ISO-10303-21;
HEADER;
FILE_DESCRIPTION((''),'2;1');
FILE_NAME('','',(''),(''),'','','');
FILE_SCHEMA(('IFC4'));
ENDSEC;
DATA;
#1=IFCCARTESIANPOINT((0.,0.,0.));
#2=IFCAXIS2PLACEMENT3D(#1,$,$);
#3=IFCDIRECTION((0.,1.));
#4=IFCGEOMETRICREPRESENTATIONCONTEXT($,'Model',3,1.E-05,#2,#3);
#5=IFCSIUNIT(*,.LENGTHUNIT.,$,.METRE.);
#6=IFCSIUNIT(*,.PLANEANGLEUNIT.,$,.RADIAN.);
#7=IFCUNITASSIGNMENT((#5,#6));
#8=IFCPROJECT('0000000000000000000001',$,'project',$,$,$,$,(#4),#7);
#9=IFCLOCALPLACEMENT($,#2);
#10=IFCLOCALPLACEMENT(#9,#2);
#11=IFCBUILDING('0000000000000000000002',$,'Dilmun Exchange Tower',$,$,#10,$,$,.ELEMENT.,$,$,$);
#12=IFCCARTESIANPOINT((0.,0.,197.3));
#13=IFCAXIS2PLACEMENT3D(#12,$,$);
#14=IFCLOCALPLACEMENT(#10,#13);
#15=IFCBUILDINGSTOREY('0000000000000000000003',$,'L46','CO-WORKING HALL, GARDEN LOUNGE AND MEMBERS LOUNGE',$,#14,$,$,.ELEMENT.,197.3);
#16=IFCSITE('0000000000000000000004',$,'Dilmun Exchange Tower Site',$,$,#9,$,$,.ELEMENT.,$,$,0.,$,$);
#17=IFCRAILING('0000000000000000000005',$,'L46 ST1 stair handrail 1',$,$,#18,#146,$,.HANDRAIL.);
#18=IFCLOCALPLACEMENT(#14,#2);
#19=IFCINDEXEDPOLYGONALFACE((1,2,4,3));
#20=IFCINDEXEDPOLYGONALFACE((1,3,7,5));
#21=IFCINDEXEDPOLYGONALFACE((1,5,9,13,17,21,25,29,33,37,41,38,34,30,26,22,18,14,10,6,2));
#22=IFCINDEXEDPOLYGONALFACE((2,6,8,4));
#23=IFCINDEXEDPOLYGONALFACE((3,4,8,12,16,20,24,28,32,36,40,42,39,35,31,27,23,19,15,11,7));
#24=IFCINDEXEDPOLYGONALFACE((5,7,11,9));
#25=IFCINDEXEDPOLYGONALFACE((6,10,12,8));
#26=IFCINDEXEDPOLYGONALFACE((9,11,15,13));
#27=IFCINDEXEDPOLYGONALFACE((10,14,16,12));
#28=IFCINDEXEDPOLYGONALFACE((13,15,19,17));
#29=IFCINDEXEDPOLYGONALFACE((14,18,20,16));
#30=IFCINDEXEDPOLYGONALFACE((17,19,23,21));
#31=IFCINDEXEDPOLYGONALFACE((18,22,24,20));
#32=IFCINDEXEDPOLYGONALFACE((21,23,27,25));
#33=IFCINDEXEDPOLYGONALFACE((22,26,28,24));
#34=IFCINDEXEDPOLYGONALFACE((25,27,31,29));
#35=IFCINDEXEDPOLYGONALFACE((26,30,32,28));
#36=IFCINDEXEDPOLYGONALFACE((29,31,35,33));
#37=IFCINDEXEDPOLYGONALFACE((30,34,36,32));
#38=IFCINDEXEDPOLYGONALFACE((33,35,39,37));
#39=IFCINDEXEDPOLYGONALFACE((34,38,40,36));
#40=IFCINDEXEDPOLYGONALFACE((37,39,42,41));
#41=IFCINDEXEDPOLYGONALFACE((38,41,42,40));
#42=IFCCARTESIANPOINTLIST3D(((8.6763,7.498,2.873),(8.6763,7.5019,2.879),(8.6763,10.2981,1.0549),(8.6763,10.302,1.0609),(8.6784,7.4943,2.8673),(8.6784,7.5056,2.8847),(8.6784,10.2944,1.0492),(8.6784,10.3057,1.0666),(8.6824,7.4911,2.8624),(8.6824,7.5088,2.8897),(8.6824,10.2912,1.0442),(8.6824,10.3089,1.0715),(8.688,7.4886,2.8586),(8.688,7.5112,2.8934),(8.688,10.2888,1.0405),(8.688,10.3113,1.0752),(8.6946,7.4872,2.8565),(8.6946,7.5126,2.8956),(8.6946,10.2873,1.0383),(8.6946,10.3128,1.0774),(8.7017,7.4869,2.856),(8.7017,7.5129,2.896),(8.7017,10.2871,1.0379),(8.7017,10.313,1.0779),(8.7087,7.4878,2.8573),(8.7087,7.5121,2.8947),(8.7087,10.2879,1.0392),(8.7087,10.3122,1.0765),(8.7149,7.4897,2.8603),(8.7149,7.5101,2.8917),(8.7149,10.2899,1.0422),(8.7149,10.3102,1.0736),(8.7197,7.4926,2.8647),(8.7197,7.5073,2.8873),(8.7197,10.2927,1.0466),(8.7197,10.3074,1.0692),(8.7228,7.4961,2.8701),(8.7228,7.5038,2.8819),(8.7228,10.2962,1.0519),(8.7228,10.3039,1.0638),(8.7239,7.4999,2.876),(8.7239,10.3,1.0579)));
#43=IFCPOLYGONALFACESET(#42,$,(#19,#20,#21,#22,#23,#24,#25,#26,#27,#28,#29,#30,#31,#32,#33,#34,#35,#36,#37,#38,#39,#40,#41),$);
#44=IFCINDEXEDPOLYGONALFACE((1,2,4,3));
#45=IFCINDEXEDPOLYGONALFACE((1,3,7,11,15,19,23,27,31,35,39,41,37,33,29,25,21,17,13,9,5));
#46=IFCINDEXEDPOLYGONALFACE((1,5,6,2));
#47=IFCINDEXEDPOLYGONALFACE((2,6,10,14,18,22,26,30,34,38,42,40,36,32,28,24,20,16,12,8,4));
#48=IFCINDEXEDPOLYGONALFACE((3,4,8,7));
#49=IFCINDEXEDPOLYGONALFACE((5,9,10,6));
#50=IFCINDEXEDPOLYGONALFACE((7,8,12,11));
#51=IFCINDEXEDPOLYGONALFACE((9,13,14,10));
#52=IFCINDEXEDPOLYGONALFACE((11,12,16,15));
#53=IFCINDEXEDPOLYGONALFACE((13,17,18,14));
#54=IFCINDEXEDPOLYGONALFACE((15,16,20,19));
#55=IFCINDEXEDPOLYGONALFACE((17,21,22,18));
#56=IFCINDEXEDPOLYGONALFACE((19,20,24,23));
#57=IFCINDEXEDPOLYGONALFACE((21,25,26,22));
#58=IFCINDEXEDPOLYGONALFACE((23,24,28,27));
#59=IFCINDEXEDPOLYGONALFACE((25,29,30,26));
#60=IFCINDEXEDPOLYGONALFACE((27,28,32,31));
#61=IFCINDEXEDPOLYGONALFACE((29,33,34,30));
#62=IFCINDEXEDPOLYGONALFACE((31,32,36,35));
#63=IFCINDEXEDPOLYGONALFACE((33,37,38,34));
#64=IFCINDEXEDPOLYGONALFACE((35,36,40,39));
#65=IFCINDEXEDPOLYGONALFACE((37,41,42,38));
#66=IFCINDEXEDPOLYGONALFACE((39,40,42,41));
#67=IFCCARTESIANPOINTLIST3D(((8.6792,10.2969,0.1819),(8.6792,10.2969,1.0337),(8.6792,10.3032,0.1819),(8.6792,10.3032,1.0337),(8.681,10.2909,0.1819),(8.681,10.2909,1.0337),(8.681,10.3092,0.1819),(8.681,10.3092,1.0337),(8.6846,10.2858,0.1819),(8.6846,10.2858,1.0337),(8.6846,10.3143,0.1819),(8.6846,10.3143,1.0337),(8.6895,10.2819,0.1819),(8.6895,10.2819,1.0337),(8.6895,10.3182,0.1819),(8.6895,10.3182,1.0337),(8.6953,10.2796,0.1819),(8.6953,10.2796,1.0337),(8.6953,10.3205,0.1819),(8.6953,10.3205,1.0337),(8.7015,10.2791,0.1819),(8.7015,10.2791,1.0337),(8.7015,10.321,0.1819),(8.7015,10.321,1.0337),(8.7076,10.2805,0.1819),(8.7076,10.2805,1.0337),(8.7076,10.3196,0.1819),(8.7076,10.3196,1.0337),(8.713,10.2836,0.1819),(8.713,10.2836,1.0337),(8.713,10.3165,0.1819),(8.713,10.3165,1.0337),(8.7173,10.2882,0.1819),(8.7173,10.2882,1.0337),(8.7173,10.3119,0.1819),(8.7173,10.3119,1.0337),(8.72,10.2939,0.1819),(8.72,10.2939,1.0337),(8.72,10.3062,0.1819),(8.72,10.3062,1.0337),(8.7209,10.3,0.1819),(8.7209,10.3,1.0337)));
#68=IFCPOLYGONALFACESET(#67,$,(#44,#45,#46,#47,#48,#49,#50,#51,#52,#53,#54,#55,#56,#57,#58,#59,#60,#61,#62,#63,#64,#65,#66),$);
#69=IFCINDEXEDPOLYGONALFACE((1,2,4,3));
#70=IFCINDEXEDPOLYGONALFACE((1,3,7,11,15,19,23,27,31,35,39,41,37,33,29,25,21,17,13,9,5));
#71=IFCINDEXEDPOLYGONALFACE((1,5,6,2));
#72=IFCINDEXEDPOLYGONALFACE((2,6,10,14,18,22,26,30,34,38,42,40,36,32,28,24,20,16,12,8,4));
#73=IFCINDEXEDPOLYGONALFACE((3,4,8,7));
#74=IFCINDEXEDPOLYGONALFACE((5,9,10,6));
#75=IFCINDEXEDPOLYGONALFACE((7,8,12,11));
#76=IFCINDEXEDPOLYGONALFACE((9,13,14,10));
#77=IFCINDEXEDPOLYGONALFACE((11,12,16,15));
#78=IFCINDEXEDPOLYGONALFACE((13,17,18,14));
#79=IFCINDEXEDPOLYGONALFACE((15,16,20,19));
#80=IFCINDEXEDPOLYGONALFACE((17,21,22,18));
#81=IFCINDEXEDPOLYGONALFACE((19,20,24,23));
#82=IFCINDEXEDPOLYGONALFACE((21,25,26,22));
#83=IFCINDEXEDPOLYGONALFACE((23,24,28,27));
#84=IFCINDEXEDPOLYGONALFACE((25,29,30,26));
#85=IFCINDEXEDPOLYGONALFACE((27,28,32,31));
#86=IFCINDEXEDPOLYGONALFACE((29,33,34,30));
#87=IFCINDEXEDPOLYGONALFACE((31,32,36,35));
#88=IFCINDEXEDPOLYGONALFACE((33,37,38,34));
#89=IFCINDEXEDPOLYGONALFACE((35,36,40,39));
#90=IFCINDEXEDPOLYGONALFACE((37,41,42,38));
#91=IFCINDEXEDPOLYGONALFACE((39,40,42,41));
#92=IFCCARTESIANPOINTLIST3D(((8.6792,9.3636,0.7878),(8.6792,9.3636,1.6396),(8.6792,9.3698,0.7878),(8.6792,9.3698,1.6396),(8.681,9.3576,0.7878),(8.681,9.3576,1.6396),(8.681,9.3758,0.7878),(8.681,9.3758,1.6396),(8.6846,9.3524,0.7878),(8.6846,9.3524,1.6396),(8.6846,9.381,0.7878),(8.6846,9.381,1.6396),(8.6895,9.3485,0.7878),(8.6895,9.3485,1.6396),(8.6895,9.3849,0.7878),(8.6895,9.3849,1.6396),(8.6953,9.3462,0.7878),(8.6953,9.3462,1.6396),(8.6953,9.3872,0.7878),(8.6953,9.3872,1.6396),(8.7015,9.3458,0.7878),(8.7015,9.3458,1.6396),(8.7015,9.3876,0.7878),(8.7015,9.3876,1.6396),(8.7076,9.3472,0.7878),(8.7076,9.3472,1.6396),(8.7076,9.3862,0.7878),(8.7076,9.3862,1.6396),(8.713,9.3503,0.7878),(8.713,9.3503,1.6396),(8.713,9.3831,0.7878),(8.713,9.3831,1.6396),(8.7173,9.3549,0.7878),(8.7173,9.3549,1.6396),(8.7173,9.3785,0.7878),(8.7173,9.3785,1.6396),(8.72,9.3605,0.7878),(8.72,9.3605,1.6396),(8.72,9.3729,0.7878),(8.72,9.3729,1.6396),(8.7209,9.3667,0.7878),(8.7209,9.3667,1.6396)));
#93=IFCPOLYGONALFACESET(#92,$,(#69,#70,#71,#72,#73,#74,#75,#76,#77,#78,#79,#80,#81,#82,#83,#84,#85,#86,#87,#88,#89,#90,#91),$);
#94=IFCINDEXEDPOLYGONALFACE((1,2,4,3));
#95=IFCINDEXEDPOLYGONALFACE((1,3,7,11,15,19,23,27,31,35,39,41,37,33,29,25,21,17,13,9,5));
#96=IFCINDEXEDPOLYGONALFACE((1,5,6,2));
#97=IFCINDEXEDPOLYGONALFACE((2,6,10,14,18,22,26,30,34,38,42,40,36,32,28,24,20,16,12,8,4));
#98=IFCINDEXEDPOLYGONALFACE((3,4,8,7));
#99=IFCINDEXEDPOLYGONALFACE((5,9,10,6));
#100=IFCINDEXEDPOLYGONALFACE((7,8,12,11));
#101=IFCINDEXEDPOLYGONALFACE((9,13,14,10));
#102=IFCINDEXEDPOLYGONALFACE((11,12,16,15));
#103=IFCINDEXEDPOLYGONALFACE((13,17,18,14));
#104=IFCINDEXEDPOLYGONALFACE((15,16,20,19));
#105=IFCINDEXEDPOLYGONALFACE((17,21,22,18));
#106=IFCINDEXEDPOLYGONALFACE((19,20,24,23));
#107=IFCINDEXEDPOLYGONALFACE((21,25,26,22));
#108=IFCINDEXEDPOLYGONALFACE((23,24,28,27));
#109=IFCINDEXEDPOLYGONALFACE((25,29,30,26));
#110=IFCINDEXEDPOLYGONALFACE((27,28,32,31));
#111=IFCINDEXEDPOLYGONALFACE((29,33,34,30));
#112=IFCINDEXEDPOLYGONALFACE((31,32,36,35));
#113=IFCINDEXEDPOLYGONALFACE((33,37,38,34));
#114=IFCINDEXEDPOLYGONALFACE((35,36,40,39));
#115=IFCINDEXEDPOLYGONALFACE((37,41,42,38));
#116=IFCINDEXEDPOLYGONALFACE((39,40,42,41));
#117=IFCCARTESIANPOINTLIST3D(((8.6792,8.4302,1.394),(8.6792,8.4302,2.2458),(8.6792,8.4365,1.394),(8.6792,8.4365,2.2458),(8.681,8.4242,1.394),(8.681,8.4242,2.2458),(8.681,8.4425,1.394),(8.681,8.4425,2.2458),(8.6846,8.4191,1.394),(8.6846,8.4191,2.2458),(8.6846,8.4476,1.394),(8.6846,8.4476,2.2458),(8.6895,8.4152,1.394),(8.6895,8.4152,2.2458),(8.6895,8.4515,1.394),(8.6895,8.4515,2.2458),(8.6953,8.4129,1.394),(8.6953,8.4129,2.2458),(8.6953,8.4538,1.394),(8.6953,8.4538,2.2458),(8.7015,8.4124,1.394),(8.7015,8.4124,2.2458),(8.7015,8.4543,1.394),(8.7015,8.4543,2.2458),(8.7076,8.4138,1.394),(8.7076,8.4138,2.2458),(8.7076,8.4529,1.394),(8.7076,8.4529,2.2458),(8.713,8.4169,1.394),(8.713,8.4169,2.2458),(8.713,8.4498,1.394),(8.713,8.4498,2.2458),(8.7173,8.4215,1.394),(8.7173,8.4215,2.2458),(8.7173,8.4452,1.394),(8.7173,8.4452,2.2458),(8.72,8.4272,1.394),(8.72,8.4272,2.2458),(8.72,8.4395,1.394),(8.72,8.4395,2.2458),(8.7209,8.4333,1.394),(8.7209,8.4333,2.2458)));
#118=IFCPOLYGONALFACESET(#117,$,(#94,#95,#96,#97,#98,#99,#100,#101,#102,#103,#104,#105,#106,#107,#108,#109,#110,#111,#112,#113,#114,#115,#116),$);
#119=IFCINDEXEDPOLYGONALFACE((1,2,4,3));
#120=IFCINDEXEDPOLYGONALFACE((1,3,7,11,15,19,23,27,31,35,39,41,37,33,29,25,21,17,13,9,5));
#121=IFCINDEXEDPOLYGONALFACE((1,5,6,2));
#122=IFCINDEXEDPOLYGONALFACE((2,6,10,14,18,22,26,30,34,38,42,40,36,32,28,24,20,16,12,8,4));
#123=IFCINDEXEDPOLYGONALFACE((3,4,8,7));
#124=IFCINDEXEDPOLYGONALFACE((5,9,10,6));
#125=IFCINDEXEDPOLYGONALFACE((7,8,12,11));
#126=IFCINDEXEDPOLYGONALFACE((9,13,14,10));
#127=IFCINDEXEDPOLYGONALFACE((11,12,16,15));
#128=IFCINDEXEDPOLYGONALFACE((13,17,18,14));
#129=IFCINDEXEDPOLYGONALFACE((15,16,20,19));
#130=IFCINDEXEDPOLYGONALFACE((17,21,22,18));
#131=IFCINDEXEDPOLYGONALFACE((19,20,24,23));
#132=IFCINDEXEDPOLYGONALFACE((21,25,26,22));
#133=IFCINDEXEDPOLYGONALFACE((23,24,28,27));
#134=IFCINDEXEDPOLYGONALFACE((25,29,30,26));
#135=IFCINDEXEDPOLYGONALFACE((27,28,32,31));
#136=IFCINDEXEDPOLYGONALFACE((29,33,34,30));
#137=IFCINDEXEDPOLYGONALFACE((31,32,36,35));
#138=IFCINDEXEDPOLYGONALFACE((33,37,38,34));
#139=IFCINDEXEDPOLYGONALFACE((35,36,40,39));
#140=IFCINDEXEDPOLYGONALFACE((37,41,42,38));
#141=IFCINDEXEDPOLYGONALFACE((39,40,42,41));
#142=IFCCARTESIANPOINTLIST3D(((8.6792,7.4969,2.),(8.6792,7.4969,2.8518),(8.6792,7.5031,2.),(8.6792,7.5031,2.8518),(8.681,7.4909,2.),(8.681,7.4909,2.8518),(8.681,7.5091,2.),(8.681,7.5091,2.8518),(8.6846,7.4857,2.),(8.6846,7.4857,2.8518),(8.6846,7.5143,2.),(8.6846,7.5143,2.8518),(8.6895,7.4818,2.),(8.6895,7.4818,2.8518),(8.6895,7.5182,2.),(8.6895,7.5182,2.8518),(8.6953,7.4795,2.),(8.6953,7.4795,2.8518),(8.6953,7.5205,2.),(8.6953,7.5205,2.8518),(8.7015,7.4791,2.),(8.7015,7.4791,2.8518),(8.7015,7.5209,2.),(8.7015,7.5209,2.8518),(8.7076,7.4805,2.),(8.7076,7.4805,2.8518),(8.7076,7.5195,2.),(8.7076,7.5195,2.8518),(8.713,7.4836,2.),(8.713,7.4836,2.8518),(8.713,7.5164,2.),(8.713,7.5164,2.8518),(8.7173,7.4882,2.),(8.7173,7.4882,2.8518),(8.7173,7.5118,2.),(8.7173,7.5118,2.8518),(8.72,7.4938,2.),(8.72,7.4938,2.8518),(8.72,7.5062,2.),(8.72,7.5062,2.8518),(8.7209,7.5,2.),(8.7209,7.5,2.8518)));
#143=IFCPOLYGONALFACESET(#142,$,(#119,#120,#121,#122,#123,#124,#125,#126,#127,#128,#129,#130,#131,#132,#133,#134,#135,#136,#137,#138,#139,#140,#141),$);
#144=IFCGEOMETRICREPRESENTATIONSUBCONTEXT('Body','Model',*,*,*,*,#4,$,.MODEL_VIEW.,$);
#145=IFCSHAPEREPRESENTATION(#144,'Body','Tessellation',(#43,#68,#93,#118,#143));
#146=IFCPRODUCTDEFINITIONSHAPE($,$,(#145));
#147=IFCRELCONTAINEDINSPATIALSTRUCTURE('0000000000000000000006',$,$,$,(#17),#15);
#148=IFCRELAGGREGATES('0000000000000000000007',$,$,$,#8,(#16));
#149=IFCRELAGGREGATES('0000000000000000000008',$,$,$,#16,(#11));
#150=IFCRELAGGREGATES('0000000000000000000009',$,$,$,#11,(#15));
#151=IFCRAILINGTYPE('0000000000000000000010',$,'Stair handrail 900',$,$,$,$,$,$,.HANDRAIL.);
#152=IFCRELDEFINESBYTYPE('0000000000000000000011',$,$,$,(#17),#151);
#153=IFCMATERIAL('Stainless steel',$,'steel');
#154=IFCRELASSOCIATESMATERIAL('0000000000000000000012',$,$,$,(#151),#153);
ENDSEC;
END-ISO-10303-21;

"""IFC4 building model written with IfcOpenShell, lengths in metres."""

from ifc_helpers import new_model, si_unit, direction, frame, origin, origin_2d, place, context, subcontext, project, spatial, circle, extrude, material, type_object, element, save


model = new_model("IFC4")

# Units and contexts
model_context = context("Model", 3, precision=1e-05, world=origin(), true_north=direction((0.0, 1.0)))
body_context = subcontext(model_context, "Body", "Model", "MODEL_VIEW")
ifc_project = project(units=[si_unit("LENGTHUNIT", "METRE"), si_unit("PLANEANGLEUNIT", "RADIAN")], contexts=[model_context])

# Site, building, storey
site_placement = place(None, origin())
site = spatial("IfcSite", under=ifc_project, at=site_placement, Name="Dilmun Exchange Tower Site", CompositionType="ELEMENT", RefElevation=0.0)
building_placement = place(site_placement, origin())
building = spatial("IfcBuilding", under=site, at=building_placement, Name="Dilmun Exchange Tower", CompositionType="ELEMENT")
storey_placement = place(building_placement, frame((0.0, 0.0, 197.3)))
storey = spatial("IfcBuildingStorey", under=building, at=storey_placement, Name="L46", Description="CO-WORKING HALL, GARDEN LOUNGE AND MEMBERS LOUNGE", CompositionType="ELEMENT", Elevation=197.3)

# Railing
ifc_material_1 = material(Name="Stainless steel", Category="steel")
railing_type = type_object("IfcRailingType", Name="Stair handrail 900", PredefinedType="HANDRAIL", material=ifc_material_1)
railing_placement = place(storey_placement, frame((8.7, 10.3, 0.1819)))
element("IfcRailing", 1, at=railing_placement, inside=storey, type_object=railing_type, Name="L46 ST1 stair handrail 1", PredefinedType="HANDRAIL", context=body_context, shape_type="SweptSolid", body=[
    extrude(circle(Radius=0.0239, at=origin_2d()), frame((0.0, 0.0, 0.876), z_axis=(0.0, -0.838706, 0.544585), x_axis=(1.0, 0.0, 0.0)), (0.0, 0.0, 1.0), 3.3386),
    extrude(circle(Radius=0.021, at=origin_2d()), origin(), (0.0, 0.0, 1.0), 0.8518),
    extrude(circle(Radius=0.021, at=origin_2d()), frame((0.0, -0.9333, 0.606)), (0.0, 0.0, 1.0), 0.8518),
    extrude(circle(Radius=0.021, at=origin_2d()), frame((0.0, -1.8667, 1.2122)), (0.0, 0.0, 1.0), 0.8518),
    extrude(circle(Radius=0.021, at=origin_2d()), frame((0.0, -2.8, 1.8181)), (0.0, 0.0, 1.0), 0.8518),
])

save(model, "model.ifc")
